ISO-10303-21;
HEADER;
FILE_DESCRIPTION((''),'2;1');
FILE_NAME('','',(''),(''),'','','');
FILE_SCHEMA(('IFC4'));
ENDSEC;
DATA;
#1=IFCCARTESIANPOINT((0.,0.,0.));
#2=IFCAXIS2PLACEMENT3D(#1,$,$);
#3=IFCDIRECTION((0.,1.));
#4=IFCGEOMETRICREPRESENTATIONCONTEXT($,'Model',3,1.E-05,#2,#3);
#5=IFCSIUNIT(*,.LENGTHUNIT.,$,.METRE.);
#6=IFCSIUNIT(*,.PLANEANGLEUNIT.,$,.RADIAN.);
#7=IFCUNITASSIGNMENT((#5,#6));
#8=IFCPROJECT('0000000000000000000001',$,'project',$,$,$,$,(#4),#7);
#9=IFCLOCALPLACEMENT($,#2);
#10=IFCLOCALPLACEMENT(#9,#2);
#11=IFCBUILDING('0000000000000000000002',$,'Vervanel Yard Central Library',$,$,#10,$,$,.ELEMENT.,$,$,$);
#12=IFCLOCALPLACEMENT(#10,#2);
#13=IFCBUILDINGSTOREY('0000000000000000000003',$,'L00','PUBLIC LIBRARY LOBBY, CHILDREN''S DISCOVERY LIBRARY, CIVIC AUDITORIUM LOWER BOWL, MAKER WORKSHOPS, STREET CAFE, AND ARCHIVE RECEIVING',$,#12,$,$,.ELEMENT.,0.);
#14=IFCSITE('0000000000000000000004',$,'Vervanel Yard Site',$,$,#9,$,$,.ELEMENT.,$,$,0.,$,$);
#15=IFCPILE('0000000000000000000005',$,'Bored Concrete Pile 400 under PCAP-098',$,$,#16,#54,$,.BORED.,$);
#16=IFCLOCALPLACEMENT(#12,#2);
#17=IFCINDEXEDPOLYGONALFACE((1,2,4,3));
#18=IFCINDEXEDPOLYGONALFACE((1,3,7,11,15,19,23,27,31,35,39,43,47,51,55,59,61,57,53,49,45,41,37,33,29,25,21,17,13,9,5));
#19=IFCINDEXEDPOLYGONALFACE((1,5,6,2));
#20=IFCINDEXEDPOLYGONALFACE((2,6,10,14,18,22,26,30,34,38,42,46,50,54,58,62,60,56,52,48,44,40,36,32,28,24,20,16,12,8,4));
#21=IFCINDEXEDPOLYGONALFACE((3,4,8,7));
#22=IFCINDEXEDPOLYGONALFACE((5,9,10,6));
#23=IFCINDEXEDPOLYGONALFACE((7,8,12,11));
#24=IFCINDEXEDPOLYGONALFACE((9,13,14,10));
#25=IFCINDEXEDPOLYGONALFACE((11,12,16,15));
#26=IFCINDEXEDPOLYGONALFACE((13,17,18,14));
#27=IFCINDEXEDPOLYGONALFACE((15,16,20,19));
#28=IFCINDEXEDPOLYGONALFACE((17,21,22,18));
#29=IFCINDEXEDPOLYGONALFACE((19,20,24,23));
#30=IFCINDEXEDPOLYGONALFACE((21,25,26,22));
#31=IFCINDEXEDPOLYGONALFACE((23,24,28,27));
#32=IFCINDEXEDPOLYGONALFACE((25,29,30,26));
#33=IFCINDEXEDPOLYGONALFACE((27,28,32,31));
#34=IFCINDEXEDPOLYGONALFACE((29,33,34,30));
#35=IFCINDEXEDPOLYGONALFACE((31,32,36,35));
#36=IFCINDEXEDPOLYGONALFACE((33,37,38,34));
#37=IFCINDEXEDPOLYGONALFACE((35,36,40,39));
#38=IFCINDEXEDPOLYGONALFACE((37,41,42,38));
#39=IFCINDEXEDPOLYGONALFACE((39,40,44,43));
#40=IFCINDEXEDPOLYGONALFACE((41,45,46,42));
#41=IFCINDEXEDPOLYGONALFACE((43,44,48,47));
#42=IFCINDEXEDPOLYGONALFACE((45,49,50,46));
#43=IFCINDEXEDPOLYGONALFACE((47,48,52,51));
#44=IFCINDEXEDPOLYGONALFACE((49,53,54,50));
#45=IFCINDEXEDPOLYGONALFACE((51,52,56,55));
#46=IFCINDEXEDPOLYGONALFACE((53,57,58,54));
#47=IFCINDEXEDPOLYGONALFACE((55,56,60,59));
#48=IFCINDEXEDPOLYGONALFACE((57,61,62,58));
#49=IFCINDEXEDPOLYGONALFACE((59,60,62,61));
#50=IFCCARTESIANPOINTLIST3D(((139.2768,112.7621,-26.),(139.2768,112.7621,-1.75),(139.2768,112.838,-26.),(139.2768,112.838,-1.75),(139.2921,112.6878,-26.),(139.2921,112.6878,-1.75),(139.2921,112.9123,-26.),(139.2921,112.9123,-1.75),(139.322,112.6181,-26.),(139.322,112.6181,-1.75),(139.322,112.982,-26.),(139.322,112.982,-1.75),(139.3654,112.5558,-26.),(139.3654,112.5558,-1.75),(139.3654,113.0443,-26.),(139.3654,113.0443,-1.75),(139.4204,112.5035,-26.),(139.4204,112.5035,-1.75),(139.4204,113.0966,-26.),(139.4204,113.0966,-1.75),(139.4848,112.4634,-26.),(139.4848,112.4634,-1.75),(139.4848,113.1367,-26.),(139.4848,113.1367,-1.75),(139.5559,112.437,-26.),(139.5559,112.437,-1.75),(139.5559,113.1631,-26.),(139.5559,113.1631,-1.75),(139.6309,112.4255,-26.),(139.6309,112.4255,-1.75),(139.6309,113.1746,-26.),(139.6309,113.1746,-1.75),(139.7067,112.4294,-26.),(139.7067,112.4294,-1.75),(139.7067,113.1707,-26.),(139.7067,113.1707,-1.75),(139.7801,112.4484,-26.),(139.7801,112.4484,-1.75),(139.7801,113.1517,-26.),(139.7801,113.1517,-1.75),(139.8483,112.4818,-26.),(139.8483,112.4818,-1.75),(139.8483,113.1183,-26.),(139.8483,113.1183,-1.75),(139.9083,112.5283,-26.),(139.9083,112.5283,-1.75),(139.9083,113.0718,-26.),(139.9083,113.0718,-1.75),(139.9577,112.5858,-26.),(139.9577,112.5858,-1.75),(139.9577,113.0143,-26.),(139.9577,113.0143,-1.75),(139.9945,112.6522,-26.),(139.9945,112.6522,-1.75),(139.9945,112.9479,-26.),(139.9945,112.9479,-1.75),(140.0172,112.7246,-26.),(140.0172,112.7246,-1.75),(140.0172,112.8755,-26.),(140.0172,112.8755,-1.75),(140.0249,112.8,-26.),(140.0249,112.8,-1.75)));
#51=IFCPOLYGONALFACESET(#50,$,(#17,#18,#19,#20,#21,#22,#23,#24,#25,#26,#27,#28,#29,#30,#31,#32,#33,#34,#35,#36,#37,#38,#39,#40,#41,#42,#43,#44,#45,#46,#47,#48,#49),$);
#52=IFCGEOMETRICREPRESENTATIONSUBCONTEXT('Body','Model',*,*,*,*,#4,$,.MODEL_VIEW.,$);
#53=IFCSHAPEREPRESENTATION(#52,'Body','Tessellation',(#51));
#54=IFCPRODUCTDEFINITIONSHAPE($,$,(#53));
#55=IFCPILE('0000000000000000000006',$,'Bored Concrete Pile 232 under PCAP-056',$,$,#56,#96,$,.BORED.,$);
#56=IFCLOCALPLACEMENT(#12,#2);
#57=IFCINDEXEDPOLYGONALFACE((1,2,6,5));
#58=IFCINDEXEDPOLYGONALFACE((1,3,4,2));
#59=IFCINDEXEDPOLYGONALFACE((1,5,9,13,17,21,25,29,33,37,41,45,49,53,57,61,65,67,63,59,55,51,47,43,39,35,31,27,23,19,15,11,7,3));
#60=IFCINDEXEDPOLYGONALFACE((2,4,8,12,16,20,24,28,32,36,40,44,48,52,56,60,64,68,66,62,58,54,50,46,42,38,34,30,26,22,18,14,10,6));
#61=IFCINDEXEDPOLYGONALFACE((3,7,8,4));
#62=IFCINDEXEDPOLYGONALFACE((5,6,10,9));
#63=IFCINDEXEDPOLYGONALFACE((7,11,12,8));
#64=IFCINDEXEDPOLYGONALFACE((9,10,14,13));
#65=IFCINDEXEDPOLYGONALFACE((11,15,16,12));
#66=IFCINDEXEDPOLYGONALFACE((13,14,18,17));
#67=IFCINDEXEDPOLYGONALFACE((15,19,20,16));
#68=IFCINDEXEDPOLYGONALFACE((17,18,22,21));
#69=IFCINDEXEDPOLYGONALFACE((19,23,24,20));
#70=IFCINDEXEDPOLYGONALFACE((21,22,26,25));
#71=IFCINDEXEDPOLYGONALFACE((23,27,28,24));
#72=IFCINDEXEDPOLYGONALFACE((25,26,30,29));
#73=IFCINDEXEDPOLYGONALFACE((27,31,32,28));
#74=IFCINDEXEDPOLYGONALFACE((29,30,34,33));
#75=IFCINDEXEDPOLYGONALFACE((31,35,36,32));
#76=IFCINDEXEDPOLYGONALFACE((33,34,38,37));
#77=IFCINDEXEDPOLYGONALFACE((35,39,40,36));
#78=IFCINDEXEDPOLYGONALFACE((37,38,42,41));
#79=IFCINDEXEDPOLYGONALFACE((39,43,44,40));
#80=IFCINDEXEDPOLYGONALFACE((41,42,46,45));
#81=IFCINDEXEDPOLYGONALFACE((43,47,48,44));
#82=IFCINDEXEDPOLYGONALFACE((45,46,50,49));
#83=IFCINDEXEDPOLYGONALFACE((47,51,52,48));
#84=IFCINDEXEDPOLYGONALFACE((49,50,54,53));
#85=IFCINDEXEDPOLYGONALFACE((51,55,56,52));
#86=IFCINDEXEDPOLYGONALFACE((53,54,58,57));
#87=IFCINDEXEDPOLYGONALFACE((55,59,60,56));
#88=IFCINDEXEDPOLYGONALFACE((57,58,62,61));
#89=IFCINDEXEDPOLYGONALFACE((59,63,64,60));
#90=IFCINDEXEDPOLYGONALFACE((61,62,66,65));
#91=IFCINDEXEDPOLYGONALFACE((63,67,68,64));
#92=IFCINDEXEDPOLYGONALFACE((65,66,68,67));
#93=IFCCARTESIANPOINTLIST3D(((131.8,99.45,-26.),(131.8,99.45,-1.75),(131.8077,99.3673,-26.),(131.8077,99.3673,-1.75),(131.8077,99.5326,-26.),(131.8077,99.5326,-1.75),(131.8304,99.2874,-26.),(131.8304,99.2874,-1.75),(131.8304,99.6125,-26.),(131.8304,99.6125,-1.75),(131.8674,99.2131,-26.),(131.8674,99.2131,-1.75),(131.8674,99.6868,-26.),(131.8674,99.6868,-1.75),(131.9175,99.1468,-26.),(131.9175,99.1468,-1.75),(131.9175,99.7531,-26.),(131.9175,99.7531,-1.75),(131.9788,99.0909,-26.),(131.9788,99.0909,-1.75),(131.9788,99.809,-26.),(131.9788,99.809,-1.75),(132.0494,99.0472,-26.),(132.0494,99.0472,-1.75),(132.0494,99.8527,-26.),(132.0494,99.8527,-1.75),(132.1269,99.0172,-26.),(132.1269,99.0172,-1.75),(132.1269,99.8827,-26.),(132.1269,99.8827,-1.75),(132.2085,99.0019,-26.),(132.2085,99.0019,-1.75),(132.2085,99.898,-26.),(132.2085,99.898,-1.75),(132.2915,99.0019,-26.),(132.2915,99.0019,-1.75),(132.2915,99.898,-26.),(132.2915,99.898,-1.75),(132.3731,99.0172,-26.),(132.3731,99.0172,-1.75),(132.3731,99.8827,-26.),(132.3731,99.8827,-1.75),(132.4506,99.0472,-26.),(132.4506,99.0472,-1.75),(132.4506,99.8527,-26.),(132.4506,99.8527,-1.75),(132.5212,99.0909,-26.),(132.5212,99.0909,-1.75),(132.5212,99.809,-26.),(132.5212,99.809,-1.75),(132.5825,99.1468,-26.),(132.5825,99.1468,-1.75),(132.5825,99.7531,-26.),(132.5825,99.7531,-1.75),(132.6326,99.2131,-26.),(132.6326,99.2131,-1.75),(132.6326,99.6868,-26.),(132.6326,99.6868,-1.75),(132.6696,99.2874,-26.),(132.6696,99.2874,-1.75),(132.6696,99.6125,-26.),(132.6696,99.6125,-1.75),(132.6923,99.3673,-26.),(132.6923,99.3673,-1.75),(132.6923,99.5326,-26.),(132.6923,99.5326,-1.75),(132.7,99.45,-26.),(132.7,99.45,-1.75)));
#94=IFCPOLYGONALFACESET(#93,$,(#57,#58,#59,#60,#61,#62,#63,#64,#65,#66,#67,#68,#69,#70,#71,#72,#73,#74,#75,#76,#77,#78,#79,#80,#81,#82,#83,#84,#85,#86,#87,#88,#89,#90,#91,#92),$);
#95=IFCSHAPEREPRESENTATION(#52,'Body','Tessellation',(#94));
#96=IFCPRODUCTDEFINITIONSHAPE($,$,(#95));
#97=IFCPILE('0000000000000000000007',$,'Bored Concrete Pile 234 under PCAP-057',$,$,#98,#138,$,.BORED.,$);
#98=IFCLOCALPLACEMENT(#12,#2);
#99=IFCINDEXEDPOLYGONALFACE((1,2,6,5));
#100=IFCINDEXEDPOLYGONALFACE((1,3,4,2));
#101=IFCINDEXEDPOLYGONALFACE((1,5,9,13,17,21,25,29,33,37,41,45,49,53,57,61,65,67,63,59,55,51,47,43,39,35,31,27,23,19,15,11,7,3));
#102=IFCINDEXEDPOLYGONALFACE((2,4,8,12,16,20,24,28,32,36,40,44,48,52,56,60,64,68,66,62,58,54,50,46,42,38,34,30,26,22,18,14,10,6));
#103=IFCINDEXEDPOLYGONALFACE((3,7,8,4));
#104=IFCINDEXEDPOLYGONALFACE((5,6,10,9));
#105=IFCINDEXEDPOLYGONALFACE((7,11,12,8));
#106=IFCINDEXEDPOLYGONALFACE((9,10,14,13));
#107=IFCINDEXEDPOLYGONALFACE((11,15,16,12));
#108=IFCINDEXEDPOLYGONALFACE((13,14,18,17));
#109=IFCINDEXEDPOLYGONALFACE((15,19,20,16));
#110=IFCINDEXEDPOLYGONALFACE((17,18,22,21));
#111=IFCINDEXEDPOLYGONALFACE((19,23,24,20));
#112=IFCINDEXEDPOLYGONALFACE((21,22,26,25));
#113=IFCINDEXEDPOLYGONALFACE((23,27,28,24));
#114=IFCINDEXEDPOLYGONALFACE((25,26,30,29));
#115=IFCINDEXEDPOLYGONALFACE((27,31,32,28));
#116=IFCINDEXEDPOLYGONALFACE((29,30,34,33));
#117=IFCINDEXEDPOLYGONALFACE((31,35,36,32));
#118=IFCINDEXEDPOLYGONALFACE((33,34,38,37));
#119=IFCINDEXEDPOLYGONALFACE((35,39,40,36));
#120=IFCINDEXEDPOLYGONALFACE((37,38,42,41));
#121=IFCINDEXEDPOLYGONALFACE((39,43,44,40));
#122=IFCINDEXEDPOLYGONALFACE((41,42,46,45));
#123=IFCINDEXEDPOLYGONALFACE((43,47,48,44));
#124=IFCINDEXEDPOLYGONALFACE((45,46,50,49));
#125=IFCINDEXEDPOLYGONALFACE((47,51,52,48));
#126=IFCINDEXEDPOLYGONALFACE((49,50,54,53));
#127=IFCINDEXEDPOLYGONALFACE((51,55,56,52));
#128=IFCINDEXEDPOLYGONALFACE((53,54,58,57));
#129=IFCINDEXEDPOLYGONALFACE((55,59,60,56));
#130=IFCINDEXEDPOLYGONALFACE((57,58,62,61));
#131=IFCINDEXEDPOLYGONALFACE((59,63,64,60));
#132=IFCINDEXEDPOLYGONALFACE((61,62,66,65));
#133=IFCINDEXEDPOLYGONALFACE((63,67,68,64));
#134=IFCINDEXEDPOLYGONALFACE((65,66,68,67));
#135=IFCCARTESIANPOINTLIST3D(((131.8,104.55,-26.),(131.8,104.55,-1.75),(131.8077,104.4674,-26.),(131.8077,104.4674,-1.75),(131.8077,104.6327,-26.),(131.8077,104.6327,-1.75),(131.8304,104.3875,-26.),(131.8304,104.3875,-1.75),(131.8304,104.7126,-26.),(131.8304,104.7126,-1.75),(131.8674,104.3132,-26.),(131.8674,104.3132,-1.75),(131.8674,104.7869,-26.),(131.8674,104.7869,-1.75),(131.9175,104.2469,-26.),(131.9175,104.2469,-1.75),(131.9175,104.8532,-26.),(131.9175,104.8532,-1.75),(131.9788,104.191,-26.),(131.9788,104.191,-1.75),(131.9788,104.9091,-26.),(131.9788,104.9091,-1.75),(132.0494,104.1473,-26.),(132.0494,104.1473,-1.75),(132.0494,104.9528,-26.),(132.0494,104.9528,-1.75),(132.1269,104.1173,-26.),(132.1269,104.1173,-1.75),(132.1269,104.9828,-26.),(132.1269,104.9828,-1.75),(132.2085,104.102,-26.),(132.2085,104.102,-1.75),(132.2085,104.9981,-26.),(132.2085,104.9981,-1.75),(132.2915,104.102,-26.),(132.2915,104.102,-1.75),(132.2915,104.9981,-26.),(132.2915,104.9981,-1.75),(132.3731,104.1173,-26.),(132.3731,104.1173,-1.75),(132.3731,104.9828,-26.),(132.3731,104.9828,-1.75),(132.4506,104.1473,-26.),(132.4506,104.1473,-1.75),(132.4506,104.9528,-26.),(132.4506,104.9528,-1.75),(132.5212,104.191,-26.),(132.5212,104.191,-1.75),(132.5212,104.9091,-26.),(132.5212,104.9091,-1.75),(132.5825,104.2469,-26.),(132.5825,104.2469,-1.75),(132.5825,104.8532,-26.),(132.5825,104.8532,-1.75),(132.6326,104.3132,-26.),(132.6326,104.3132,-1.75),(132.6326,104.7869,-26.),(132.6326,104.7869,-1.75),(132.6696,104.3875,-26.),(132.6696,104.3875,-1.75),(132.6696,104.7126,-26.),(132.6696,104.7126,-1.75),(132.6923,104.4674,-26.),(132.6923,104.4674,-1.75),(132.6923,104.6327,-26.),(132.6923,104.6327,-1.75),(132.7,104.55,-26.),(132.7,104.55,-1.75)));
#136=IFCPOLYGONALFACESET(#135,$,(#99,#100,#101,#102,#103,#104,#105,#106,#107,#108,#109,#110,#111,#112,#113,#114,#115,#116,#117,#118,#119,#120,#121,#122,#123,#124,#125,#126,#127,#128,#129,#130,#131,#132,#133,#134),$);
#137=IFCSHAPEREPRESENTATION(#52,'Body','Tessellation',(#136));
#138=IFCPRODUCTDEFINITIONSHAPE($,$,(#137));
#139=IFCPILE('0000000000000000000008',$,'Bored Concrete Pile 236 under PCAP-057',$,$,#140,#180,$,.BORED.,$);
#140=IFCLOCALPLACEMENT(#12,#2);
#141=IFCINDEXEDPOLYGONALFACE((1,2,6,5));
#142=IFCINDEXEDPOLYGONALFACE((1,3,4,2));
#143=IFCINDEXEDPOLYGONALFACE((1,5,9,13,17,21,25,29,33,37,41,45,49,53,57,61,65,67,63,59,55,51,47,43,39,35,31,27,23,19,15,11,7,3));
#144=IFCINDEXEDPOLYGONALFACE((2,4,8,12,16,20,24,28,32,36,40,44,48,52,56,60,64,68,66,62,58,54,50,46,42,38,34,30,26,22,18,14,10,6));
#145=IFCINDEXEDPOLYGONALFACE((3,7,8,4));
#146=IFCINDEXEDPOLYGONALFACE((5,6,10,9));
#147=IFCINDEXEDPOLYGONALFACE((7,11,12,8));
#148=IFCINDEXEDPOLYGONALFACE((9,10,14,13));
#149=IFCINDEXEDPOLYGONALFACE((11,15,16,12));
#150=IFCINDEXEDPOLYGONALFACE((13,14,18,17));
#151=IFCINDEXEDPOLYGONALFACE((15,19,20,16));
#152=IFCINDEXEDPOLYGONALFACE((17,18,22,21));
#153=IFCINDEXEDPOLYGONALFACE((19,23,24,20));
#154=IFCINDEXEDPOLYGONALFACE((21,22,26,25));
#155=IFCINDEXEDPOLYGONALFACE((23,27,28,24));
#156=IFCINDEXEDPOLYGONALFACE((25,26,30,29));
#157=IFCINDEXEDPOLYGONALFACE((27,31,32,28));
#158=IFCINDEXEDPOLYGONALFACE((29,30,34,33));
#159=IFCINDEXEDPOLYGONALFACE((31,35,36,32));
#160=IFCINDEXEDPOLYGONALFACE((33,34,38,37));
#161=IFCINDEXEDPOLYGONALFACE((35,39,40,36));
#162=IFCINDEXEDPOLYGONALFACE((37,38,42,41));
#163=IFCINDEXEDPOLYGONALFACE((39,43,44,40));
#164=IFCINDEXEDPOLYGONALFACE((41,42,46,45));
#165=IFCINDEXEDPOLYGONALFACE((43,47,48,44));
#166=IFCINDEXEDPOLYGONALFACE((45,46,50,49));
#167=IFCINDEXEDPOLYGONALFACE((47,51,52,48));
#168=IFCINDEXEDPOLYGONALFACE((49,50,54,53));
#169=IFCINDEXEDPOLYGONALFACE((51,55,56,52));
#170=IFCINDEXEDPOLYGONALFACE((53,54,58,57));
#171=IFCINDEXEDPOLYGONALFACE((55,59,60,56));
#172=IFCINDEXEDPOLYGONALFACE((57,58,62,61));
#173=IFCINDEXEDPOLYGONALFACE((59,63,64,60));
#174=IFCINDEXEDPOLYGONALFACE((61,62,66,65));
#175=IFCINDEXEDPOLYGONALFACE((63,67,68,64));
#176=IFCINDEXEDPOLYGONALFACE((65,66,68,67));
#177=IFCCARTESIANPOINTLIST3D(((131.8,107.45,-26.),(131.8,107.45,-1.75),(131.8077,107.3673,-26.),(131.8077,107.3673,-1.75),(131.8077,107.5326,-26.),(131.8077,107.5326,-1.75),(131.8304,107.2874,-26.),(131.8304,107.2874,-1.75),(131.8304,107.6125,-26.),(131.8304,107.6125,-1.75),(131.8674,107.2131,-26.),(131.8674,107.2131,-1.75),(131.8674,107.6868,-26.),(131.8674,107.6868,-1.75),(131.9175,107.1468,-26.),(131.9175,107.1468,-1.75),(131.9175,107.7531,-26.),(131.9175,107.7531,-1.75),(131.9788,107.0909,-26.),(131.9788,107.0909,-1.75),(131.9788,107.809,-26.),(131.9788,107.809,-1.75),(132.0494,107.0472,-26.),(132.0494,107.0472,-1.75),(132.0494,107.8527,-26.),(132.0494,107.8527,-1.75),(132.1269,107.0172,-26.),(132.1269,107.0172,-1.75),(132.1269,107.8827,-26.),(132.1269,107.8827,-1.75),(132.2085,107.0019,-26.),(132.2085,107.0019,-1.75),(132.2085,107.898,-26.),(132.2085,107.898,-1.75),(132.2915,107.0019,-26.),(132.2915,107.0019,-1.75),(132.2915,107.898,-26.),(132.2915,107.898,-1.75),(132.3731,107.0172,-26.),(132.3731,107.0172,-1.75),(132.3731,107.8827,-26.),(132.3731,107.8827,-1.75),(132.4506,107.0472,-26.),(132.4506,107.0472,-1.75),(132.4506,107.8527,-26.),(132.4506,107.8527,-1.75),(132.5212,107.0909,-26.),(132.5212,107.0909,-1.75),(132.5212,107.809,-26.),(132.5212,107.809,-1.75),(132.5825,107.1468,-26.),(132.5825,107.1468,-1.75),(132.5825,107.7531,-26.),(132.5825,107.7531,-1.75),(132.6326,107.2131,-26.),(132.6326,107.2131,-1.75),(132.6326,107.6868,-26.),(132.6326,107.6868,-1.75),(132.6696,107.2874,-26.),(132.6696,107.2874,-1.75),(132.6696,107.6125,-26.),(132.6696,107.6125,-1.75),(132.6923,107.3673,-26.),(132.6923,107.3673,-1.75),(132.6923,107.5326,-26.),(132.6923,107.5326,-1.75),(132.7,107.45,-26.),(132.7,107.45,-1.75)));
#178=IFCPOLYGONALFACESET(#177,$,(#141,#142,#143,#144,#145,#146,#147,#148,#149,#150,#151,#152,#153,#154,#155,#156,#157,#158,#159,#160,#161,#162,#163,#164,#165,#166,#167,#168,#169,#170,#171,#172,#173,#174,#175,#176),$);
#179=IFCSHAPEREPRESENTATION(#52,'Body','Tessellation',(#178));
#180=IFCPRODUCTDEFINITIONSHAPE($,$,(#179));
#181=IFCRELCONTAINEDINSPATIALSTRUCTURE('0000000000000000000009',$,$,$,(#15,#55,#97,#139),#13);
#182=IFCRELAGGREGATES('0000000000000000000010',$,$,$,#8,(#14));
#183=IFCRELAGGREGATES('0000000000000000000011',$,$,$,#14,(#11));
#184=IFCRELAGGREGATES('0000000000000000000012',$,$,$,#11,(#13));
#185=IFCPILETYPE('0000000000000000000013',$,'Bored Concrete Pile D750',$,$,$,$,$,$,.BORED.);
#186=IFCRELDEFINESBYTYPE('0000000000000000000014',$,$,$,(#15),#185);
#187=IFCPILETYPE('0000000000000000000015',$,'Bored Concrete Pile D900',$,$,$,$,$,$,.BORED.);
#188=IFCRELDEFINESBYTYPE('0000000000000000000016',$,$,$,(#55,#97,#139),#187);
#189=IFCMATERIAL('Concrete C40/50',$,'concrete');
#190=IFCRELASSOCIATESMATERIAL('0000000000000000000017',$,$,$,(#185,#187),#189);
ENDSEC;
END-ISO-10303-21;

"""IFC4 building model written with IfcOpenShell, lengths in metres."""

from ifc_helpers import new_model, si_unit, direction, frame, origin, origin_2d, place, context, subcontext, project, spatial, circle, extrude, material, material_profile, profile_set, type_object, element, save


model = new_model("IFC4")

# Units and contexts
model_context = context("Model", 3, precision=1e-05, world=origin(), true_north=direction((0.0, 1.0)))
body_context = subcontext(model_context, "Body", "Model", "MODEL_VIEW")
ifc_project = project(units=[si_unit("LENGTHUNIT", "METRE"), si_unit("PLANEANGLEUNIT", "RADIAN")], contexts=[model_context])

# Site, building, storey
site_placement = place(None, origin())
site = spatial("IfcSite", under=ifc_project, at=site_placement, Name="Vervanel Yard Site", CompositionType="ELEMENT", RefElevation=0.0)
building_placement = place(site_placement, origin())
building = spatial("IfcBuilding", under=site, at=building_placement, Name="Vervanel Yard Central Library", CompositionType="ELEMENT")
storey_placement = place(building_placement, origin())
storey = spatial("IfcBuildingStorey", under=building, at=storey_placement, Name="L00", Description="PUBLIC LIBRARY LOBBY, CHILDREN'S DISCOVERY LIBRARY, CIVIC AUDITORIUM LOWER BOWL, MAKER WORKSHOPS, STREET CAFE, AND ARCHIVE RECEIVING", CompositionType="ELEMENT", Elevation=0.0)

# Piles
ifc_material_1 = material(Name="Concrete C40/50", Category="concrete")
ifc_material_profile_1 = material_profile(ifc_material_1, circle(Radius=0.375, at=origin_2d()), Name="BP D750", Category="concrete")
ifc_profile_set_1 = profile_set([ifc_material_profile_1], Name="Concrete C40/50")
pile_type_1 = type_object("IfcPileType", Name="Bored Concrete Pile D750", PredefinedType="BORED", material=ifc_profile_set_1)
for number, where, z_axis, x_axis, name in (
    (1, (139.6499, 112.8, -1.75), (0.0, 0.0, -1.0), (1.0, 0.0, 0.0), "Bored Concrete Pile 400 under PCAP-098"),
):
    element("IfcPile", number, at=place(storey_placement, frame(where, z_axis=z_axis, x_axis=x_axis)), inside=storey, type_object=pile_type_1, Name=name, PredefinedType="BORED", context=body_context, shape_type="SweptSolid", body=[
        extrude(circle(Radius=0.375, at=origin_2d()), origin(), (0.0, 0.0, 1.0), 24.25),
    ])
ifc_material_profile_2 = material_profile(ifc_material_1, circle(Radius=0.45, at=origin_2d()), Name="BP D900", Category="concrete")
ifc_profile_set_2 = profile_set([ifc_material_profile_2], Name="Concrete C40/50")
pile_type_2 = type_object("IfcPileType", Name="Bored Concrete Pile D900", PredefinedType="BORED", material=ifc_profile_set_2)
for number, where, z_axis, x_axis, name in (
    (2, (132.25, 99.45, -1.75), (0.0, 0.0, -1.0), (1.0, 0.0, 0.0), "Bored Concrete Pile 232 under PCAP-056"),
    (3, (132.25, 104.55, -1.75), (0.0, 0.0, -1.0), (1.0, 0.0, 0.0), "Bored Concrete Pile 234 under PCAP-057"),
    (4, (132.25, 107.45, -1.75), (0.0, 0.0, -1.0), (1.0, 0.0, 0.0), "Bored Concrete Pile 236 under PCAP-057"),
):
    element("IfcPile", number, at=place(storey_placement, frame(where, z_axis=z_axis, x_axis=x_axis)), inside=storey, type_object=pile_type_2, Name=name, PredefinedType="BORED", context=body_context, shape_type="SweptSolid", body=[
        extrude(circle(Radius=0.45, at=origin_2d()), origin(), (0.0, 0.0, 1.0), 24.25),
    ])

save(model, "model.ifc")
